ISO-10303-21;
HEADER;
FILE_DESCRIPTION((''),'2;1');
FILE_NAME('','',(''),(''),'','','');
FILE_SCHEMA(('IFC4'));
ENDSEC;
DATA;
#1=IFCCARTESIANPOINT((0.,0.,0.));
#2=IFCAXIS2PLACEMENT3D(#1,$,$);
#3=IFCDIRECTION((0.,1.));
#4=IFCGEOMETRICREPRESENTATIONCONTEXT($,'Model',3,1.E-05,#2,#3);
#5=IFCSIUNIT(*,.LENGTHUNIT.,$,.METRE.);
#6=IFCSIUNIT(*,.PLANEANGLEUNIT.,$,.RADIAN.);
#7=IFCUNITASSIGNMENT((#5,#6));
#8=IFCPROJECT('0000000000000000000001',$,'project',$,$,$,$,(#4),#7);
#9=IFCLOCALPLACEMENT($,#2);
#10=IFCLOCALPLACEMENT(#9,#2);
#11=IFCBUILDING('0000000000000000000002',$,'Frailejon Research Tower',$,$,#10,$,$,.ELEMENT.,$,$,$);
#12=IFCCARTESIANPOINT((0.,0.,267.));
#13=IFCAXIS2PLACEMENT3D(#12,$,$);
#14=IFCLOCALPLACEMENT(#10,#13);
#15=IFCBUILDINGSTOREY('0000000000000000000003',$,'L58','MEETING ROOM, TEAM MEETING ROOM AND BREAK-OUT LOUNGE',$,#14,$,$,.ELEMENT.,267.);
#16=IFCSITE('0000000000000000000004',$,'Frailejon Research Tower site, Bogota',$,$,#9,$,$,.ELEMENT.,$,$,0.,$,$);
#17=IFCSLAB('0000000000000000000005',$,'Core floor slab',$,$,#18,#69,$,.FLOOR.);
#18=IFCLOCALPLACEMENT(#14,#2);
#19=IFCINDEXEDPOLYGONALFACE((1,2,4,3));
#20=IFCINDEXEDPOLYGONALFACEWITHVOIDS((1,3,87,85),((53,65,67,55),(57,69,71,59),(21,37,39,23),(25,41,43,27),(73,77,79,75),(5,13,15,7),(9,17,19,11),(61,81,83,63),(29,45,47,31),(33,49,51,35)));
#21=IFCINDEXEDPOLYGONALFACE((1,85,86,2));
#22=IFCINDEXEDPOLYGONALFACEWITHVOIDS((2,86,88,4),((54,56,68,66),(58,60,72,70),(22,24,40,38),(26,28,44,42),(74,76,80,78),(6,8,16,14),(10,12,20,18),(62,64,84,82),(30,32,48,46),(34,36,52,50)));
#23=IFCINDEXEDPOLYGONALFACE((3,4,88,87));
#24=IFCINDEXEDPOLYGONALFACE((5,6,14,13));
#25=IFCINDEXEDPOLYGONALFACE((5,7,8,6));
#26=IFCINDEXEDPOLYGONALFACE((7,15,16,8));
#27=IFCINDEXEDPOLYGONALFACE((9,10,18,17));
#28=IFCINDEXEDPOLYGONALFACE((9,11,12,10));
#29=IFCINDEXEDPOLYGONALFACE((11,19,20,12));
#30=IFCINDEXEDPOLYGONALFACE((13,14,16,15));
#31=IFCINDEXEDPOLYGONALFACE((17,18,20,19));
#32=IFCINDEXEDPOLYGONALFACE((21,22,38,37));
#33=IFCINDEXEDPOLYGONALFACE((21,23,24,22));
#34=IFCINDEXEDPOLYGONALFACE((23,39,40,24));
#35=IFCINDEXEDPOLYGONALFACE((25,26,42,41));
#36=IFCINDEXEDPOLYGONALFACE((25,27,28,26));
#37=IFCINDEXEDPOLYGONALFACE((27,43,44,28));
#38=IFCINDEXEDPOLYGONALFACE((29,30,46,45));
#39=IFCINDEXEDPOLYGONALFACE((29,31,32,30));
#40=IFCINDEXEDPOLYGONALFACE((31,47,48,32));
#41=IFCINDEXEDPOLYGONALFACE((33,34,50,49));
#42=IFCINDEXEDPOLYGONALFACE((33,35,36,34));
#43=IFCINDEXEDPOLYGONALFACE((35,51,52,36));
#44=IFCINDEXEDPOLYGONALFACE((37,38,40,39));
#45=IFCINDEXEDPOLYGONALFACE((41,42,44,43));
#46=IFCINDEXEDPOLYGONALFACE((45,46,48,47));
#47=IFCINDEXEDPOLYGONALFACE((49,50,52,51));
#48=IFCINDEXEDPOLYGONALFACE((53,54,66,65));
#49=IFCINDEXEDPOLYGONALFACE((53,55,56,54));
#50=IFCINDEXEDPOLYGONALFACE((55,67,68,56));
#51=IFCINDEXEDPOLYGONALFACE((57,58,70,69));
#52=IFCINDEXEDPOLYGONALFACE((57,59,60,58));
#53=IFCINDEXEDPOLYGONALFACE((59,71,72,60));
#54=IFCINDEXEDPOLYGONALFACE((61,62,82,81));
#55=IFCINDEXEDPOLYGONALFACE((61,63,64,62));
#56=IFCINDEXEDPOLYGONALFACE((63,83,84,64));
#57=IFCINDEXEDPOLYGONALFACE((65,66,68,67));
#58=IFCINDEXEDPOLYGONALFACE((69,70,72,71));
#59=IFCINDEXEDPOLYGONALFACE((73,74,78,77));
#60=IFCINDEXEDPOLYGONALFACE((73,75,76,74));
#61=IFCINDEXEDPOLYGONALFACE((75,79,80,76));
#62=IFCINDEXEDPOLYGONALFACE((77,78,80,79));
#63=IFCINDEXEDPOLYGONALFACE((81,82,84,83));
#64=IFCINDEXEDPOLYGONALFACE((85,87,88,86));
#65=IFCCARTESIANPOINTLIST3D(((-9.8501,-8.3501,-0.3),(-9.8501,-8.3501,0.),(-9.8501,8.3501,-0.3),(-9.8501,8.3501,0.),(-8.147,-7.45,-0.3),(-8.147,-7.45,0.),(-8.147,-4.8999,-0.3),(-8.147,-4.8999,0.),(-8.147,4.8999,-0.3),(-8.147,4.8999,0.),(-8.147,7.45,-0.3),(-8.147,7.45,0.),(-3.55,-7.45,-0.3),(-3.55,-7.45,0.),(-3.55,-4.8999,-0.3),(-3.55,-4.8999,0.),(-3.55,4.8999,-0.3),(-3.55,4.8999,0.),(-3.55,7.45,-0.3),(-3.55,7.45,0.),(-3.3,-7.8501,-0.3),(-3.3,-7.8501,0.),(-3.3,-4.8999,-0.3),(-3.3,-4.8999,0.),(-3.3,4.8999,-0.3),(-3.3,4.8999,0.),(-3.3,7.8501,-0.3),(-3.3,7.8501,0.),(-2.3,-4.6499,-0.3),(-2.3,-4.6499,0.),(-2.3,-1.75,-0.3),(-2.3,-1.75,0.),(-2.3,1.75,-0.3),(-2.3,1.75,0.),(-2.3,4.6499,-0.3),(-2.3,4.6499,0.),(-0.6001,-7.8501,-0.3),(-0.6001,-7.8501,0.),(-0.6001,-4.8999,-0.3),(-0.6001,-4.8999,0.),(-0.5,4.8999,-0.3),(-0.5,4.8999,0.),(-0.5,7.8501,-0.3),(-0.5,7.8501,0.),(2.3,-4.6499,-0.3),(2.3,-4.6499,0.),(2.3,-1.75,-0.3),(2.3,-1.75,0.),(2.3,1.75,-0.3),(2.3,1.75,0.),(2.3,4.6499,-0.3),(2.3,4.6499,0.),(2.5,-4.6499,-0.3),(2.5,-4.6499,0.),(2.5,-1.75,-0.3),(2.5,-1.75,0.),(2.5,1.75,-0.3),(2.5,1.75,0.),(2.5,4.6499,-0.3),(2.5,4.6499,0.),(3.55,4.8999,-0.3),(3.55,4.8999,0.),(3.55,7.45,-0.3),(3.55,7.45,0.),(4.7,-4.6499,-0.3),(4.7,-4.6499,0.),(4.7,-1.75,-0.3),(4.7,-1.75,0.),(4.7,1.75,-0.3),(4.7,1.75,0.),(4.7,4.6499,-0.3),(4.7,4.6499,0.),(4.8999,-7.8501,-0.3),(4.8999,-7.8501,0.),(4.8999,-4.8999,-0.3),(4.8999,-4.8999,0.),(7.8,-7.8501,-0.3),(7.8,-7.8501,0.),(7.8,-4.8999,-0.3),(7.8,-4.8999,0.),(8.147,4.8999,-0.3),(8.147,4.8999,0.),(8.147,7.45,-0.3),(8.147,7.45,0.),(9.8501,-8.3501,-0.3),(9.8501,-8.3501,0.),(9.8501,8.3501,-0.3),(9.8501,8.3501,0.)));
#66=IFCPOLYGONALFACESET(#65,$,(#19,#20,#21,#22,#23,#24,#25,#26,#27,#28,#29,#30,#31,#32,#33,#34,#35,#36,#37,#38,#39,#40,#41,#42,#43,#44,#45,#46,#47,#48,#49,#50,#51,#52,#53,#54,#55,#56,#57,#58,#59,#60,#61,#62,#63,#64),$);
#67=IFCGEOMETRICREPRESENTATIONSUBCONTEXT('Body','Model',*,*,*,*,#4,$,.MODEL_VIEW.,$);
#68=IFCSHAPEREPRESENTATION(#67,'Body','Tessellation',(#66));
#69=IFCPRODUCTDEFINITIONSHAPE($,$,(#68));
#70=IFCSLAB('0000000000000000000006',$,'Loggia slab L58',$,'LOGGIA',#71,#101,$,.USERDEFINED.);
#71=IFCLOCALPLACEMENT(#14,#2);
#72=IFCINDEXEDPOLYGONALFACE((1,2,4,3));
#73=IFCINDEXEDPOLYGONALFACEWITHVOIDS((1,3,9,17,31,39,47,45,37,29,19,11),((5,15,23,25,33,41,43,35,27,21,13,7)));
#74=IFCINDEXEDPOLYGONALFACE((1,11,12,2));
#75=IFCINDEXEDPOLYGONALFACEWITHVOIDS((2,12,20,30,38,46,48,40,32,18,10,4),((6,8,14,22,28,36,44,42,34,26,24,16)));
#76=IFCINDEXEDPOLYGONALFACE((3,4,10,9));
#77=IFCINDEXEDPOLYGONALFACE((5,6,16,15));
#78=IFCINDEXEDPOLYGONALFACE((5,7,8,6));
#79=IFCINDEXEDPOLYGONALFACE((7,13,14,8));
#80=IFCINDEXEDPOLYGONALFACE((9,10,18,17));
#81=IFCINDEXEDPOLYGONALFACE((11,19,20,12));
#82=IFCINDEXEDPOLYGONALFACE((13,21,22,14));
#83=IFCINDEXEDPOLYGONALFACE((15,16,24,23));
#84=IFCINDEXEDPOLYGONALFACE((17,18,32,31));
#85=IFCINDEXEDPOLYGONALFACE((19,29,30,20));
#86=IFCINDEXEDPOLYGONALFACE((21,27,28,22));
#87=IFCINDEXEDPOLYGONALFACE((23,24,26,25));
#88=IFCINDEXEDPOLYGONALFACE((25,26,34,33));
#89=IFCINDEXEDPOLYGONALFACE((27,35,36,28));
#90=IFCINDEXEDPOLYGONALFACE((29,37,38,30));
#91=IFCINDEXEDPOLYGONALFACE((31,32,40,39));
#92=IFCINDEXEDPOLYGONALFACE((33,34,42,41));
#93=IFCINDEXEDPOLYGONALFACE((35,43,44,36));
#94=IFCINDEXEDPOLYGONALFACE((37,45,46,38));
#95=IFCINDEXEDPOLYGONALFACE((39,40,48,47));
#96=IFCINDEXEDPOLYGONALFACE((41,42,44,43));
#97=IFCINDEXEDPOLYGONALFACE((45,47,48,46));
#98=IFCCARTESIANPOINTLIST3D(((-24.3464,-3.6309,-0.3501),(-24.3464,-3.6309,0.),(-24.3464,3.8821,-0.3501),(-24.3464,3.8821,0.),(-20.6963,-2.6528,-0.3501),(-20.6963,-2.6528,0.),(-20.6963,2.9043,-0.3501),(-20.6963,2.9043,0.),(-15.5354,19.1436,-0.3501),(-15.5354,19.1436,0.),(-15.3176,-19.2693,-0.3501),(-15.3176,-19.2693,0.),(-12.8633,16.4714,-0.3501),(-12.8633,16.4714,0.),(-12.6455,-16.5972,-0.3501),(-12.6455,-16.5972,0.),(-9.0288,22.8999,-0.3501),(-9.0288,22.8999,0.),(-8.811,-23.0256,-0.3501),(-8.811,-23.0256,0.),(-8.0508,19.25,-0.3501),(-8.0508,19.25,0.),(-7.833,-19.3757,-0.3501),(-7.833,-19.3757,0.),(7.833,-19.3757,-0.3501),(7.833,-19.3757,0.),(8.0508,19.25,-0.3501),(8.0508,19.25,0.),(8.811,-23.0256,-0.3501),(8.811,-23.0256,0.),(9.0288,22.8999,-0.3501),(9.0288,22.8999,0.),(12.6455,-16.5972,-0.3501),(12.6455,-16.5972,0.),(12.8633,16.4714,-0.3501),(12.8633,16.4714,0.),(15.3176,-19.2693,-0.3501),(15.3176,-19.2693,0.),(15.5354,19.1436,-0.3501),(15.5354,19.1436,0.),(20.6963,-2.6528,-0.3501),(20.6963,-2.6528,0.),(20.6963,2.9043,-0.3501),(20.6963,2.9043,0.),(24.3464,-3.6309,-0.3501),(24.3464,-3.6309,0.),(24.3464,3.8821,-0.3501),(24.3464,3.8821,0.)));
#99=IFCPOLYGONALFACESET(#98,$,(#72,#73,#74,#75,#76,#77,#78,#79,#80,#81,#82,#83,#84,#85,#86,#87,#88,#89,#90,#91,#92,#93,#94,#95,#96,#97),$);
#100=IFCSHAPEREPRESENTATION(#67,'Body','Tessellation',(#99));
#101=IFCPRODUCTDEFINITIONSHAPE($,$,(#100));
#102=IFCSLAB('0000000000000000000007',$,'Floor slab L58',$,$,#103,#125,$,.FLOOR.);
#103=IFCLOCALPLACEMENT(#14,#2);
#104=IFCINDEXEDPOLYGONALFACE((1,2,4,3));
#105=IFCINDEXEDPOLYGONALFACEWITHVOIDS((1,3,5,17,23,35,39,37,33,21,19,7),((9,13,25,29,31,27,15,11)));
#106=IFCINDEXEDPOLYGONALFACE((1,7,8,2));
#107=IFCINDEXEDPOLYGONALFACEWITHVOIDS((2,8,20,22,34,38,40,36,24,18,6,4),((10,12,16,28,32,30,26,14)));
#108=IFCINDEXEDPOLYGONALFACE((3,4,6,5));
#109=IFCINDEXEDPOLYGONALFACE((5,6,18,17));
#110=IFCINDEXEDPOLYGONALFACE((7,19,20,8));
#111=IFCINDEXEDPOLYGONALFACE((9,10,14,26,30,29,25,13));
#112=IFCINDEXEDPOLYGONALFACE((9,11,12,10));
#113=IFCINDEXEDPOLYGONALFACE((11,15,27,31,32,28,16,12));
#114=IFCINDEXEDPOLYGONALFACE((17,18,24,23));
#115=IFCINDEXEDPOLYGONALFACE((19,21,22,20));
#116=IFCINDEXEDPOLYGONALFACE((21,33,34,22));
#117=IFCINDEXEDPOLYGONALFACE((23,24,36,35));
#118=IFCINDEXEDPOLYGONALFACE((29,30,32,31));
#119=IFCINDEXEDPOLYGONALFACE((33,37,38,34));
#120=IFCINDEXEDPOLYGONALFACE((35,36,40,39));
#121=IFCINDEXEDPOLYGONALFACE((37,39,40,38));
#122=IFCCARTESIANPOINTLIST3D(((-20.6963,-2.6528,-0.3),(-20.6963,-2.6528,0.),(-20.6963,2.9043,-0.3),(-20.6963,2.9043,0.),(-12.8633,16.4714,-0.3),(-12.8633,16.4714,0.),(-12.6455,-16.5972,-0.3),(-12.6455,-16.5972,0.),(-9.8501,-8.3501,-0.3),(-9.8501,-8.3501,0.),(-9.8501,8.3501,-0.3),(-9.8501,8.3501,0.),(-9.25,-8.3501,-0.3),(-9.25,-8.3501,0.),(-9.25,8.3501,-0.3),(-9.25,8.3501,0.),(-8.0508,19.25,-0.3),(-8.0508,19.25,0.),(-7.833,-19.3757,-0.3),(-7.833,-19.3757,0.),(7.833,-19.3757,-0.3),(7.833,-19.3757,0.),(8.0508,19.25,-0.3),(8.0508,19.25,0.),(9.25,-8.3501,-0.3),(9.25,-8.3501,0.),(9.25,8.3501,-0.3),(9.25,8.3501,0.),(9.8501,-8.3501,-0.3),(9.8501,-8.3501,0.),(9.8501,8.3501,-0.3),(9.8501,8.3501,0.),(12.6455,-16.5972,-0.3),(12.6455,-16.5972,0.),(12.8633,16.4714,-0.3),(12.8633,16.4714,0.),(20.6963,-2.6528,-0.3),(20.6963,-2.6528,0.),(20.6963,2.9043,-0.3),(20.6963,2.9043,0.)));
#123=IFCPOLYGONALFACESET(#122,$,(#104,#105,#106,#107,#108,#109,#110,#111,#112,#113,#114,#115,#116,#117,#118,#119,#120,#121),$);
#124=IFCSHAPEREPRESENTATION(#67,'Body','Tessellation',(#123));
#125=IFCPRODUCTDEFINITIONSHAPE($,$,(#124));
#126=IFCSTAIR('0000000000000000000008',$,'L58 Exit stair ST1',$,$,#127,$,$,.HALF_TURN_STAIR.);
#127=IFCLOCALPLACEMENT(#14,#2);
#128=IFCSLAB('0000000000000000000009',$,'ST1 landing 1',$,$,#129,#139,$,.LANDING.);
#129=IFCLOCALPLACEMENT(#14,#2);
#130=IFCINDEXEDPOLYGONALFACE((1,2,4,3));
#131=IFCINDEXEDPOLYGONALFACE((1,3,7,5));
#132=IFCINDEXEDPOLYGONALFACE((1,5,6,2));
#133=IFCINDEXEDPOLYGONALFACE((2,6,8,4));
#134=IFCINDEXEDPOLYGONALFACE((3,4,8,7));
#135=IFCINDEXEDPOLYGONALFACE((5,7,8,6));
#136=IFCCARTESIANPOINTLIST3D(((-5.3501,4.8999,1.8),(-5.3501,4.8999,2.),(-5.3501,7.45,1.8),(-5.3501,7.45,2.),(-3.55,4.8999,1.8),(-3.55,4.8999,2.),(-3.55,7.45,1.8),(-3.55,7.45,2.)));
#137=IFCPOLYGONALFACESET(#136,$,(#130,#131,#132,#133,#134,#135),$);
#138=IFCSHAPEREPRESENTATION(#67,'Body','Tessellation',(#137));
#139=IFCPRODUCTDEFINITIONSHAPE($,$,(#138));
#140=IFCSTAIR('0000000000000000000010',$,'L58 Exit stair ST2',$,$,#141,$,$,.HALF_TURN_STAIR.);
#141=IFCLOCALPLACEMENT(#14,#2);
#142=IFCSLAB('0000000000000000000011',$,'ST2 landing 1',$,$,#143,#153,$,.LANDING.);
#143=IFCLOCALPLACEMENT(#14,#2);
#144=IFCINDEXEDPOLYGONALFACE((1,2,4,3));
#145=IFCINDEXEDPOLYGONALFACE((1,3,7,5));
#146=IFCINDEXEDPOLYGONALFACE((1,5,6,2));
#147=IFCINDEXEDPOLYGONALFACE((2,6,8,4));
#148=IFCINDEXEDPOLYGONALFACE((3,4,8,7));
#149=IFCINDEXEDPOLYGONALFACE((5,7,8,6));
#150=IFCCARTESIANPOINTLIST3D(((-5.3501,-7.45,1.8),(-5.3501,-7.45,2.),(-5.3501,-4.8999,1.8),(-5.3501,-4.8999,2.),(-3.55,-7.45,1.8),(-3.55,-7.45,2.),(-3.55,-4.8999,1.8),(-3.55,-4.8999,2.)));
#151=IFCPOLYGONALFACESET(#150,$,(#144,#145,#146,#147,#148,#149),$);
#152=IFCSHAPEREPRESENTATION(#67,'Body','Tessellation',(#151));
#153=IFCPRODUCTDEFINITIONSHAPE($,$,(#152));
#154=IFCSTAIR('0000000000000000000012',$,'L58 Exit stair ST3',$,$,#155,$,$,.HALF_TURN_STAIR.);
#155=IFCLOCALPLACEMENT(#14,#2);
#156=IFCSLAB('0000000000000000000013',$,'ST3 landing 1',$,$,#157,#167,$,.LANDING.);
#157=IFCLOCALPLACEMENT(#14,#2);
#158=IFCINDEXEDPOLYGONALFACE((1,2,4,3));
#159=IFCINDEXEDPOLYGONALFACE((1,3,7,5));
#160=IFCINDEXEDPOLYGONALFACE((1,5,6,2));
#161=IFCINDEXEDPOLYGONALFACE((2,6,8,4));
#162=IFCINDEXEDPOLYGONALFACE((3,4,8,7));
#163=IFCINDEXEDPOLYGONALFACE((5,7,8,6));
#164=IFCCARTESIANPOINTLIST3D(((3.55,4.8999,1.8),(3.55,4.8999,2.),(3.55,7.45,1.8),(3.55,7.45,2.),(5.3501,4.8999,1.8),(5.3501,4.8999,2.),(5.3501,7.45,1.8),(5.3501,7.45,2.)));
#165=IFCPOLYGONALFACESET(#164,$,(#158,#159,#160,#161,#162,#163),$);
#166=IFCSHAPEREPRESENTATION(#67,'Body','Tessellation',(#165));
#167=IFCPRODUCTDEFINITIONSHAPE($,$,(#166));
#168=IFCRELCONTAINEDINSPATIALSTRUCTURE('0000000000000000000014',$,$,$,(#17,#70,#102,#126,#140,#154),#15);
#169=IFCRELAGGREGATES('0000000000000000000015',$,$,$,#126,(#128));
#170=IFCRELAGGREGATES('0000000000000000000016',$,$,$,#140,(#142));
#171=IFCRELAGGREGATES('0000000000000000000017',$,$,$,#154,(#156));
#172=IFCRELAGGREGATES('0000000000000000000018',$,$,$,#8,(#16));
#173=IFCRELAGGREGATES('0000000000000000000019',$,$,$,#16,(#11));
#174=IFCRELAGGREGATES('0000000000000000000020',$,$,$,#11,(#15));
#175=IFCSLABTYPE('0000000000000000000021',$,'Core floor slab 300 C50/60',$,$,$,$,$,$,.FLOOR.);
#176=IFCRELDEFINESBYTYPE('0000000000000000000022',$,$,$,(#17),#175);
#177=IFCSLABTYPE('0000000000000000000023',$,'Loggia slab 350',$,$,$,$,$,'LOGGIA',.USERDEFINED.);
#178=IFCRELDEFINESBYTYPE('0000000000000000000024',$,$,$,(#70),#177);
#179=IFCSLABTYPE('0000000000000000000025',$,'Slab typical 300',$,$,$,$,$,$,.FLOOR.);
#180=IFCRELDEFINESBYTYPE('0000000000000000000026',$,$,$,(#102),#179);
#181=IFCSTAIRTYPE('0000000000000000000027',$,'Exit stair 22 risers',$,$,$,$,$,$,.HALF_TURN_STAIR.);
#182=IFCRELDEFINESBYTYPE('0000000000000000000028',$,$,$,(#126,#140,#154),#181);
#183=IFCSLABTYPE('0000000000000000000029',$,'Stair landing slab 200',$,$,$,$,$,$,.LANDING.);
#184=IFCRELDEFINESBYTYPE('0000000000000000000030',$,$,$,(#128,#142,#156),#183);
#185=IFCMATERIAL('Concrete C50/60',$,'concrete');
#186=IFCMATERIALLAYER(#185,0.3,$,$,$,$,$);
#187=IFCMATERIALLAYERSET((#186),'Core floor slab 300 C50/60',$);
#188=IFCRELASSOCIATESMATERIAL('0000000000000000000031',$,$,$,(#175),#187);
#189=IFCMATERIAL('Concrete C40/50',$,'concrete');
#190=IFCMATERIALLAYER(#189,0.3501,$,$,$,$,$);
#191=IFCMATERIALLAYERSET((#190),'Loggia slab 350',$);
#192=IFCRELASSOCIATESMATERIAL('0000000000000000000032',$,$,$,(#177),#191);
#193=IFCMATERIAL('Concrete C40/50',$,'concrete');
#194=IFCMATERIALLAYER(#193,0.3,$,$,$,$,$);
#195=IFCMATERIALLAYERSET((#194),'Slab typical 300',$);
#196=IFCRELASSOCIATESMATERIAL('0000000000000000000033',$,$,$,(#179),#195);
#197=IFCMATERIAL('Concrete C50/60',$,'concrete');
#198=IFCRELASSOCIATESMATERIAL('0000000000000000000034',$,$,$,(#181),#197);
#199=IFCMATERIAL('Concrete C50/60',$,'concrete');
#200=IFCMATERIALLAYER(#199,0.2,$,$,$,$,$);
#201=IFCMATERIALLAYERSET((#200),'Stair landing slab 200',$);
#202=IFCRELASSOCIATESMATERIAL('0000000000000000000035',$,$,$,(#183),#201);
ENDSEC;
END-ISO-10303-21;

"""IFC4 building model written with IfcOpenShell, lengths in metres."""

from ifc_helpers import new_model, si_unit, direction, frame, origin, place, context, subcontext, project, spatial, polyline, outline, extrude, material, layer, layer_set, type_object, element, aggregate, save


model = new_model("IFC4")

# Units and contexts
model_context = context("Model", 3, precision=1e-05, world=origin(), true_north=direction((0.0, 1.0)))
body_context = subcontext(model_context, "Body", "Model", "MODEL_VIEW")
ifc_project = project(units=[si_unit("LENGTHUNIT", "METRE"), si_unit("PLANEANGLEUNIT", "RADIAN")], contexts=[model_context])

# Site, building, storey
site_placement = place(None, origin())
site = spatial("IfcSite", under=ifc_project, at=site_placement, Name="Frailejon Research Tower site, Bogota", CompositionType="ELEMENT", RefElevation=0.0)
building_placement = place(site_placement, origin())
building = spatial("IfcBuilding", under=site, at=building_placement, Name="Frailejon Research Tower", CompositionType="ELEMENT")
storey_placement = place(building_placement, frame((0.0, 0.0, 267.0)))
storey = spatial("IfcBuildingStorey", under=building, at=storey_placement, Name="L58", Description="MEETING ROOM, TEAM MEETING ROOM AND BREAK-OUT LOUNGE", CompositionType="ELEMENT", Elevation=267.0)

# Slabs
ifc_material_1 = material(Name="Concrete C50/60", Category="concrete")
ifc_layer_1 = layer(ifc_material_1, 0.3)
ifc_layer_set_1 = layer_set([ifc_layer_1], Name="Core floor slab 300 C50/60")
slab_type_1 = type_object("IfcSlabType", Name="Core floor slab 300 C50/60", PredefinedType="FLOOR", material=ifc_layer_set_1)
slab_1_placement = place(storey_placement, frame((0.0, 0.0, -0.3)))
element("IfcSlab", 1, at=slab_1_placement, inside=storey, type_object=slab_type_1, Name="Core floor slab", PredefinedType="FLOOR", context=body_context, shape_type="SweptSolid", body=[
    extrude(outline(polyline([(9.8501, -8.3501), (9.8501, 8.3501), (-9.8501, 8.3501), (-9.8501, -8.3501), (9.8501, -8.3501)]), holes=[polyline([(2.3, 1.75), (2.3, 4.6499), (-2.3, 4.6499), (-2.3, 1.75), (2.3, 1.75)]), polyline([(4.7, 1.75), (4.7, 4.6499), (2.5, 4.6499), (2.5, 1.75), (4.7, 1.75)]), polyline([(2.3, -4.6499), (2.3, -1.75), (-2.3, -1.75), (-2.3, -4.6499), (2.3, -4.6499)]), polyline([(4.7, -4.6499), (4.7, -1.75), (2.5, -1.75), (2.5, -4.6499), (4.7, -4.6499)]), polyline([(-8.147, 4.8999), (-3.55, 4.8999), (-3.55, 7.45), (-8.147, 7.45), (-8.147, 4.8999)]), polyline([(-8.147, -7.45), (-3.55, -7.45), (-3.55, -4.8999), (-8.147, -4.8999), (-8.147, -7.45)]), polyline([(8.147, 7.45), (3.55, 7.45), (3.55, 4.8999), (8.147, 4.8999), (8.147, 7.45)]), polyline([(-0.6001, -7.8501), (-0.6001, -4.8999), (-3.3, -4.8999), (-3.3, -7.8501), (-0.6001, -7.8501)]), polyline([(7.8, -7.8501), (7.8, -4.8999), (4.8999, -4.8999), (4.8999, -7.8501), (7.8, -7.8501)]), polyline([(-0.5, 4.8999), (-0.5, 7.8501), (-3.3, 7.8501), (-3.3, 4.8999), (-0.5, 4.8999)])]), origin(), (0.0, 0.0, 1.0), 0.3),
])
ifc_material_2 = material(Name="Concrete C40/50", Category="concrete")
ifc_layer_2 = layer(ifc_material_2, 0.3501)
ifc_layer_set_2 = layer_set([ifc_layer_2], Name="Loggia slab 350")
slab_type_2 = type_object("IfcSlabType", Name="Loggia slab 350", ElementType="LOGGIA", PredefinedType="USERDEFINED", material=ifc_layer_set_2)
slab_2_placement = place(storey_placement, frame((0.0, 0.0, -0.3501)))
element("IfcSlab", 2, at=slab_2_placement, inside=storey, type_object=slab_type_2, Name="Loggia slab L58", ObjectType="LOGGIA", PredefinedType="USERDEFINED", context=body_context, shape_type="SweptSolid", body=[
    extrude(outline(polyline([(15.3176, -19.2693), (8.811, -23.0256), (-8.811, -23.0256), (-15.3176, -19.2693), (-24.3464, -3.6309), (-24.3464, 3.8821), (-15.5354, 19.1436), (-9.0288, 22.8999), (9.0288, 22.8999), (15.5354, 19.1436), (24.3464, 3.8821), (24.3464, -3.6309), (15.3176, -19.2693)]), holes=[polyline([(20.6963, 2.9043), (12.8633, 16.4714), (8.0508, 19.25), (-8.0508, 19.25), (-12.8633, 16.4714), (-20.6963, 2.9043), (-20.6963, -2.6528), (-12.6455, -16.5972), (-7.833, -19.3757), (7.833, -19.3757), (12.6455, -16.5972), (20.6963, -2.6528), (20.6963, 2.9043)])]), origin(), (0.0, 0.0, 1.0), 0.3501),
])
ifc_material_3 = material(Name="Concrete C40/50", Category="concrete")
ifc_layer_3 = layer(ifc_material_3, 0.3)
ifc_layer_set_3 = layer_set([ifc_layer_3], Name="Slab typical 300")
slab_type_3 = type_object("IfcSlabType", Name="Slab typical 300", PredefinedType="FLOOR", material=ifc_layer_set_3)
slab_3_placement = place(storey_placement, frame((0.0, 0.0, -0.3)))
element("IfcSlab", 3, at=slab_3_placement, inside=storey, type_object=slab_type_3, Name="Floor slab L58", PredefinedType="FLOOR", context=body_context, shape_type="SweptSolid", body=[
    extrude(outline(polyline([(20.6963, -2.6528), (20.6963, 2.9043), (12.8633, 16.4714), (8.0508, 19.25), (-8.0508, 19.25), (-12.8633, 16.4714), (-20.6963, 2.9043), (-20.6963, -2.6528), (-12.6455, -16.5972), (-7.833, -19.3757), (7.833, -19.3757), (12.6455, -16.5972), (20.6963, -2.6528)]), holes=[polyline([(9.25, 8.3501), (9.8501, 8.3501), (9.8501, -8.3501), (9.25, -8.3501), (-9.25, -8.3501), (-9.8501, -8.3501), (-9.8501, 8.3501), (-9.25, 8.3501), (9.25, 8.3501)])]), origin(), (0.0, 0.0, 1.0), 0.3),
])

# Stairs, slabs
ifc_material_4 = material(Name="Concrete C50/60", Category="concrete")
stair_type = type_object("IfcStairType", Name="Exit stair 22 risers", PredefinedType="HALF_TURN_STAIR", material=ifc_material_4)
stair_1_placement = place(storey_placement, origin())
stair_1 = element("IfcStair", 4, at=stair_1_placement, inside=storey, type_object=stair_type, Name="L58 Exit stair ST1", PredefinedType="HALF_TURN_STAIR")
ifc_material_5 = material(Name="Concrete C50/60", Category="concrete")
ifc_layer_4 = layer(ifc_material_5, 0.2)
ifc_layer_set_4 = layer_set([ifc_layer_4], Name="Stair landing slab 200")
slab_type_4 = type_object("IfcSlabType", Name="Stair landing slab 200", PredefinedType="LANDING", material=ifc_layer_set_4)
slab_4_placement = place(storey_placement, frame((0.0, 0.0, 1.8)))
slab_4 = element("IfcSlab", 5, at=slab_4_placement, type_object=slab_type_4, Name="ST1 landing 1", PredefinedType="LANDING", context=body_context, shape_type="SweptSolid", body=[
    extrude(outline(polyline([(-5.3501, 4.8999), (-3.55, 4.8999), (-3.55, 7.45), (-5.3501, 7.45), (-5.3501, 4.8999)])), origin(), (0.0, 0.0, 1.0), 0.2),
])
aggregate(stair_1, [slab_4])
stair_2_placement = place(storey_placement, origin())
stair_2 = element("IfcStair", 6, at=stair_2_placement, inside=storey, type_object=stair_type, Name="L58 Exit stair ST2", PredefinedType="HALF_TURN_STAIR")
slab_5_placement = place(storey_placement, frame((0.0, 0.0, 1.8)))
slab_5 = element("IfcSlab", 7, at=slab_5_placement, type_object=slab_type_4, Name="ST2 landing 1", PredefinedType="LANDING", context=body_context, shape_type="SweptSolid", body=[
    extrude(outline(polyline([(-5.3501, -7.45), (-3.55, -7.45), (-3.55, -4.8999), (-5.3501, -4.8999), (-5.3501, -7.45)])), origin(), (0.0, 0.0, 1.0), 0.2),
])
aggregate(stair_2, [slab_5])
stair_3_placement = place(storey_placement, origin())
stair_3 = element("IfcStair", 8, at=stair_3_placement, inside=storey, type_object=stair_type, Name="L58 Exit stair ST3", PredefinedType="HALF_TURN_STAIR")
slab_6_placement = place(storey_placement, frame((0.0, 0.0, 1.8)))
slab_6 = element("IfcSlab", 9, at=slab_6_placement, type_object=slab_type_4, Name="ST3 landing 1", PredefinedType="LANDING", context=body_context, shape_type="SweptSolid", body=[
    extrude(outline(polyline([(5.3501, 7.45), (3.55, 7.45), (3.55, 4.8999), (5.3501, 4.8999), (5.3501, 7.45)])), origin(), (0.0, 0.0, 1.0), 0.2),
])
aggregate(stair_3, [slab_6])

save(model, "model.ifc")
